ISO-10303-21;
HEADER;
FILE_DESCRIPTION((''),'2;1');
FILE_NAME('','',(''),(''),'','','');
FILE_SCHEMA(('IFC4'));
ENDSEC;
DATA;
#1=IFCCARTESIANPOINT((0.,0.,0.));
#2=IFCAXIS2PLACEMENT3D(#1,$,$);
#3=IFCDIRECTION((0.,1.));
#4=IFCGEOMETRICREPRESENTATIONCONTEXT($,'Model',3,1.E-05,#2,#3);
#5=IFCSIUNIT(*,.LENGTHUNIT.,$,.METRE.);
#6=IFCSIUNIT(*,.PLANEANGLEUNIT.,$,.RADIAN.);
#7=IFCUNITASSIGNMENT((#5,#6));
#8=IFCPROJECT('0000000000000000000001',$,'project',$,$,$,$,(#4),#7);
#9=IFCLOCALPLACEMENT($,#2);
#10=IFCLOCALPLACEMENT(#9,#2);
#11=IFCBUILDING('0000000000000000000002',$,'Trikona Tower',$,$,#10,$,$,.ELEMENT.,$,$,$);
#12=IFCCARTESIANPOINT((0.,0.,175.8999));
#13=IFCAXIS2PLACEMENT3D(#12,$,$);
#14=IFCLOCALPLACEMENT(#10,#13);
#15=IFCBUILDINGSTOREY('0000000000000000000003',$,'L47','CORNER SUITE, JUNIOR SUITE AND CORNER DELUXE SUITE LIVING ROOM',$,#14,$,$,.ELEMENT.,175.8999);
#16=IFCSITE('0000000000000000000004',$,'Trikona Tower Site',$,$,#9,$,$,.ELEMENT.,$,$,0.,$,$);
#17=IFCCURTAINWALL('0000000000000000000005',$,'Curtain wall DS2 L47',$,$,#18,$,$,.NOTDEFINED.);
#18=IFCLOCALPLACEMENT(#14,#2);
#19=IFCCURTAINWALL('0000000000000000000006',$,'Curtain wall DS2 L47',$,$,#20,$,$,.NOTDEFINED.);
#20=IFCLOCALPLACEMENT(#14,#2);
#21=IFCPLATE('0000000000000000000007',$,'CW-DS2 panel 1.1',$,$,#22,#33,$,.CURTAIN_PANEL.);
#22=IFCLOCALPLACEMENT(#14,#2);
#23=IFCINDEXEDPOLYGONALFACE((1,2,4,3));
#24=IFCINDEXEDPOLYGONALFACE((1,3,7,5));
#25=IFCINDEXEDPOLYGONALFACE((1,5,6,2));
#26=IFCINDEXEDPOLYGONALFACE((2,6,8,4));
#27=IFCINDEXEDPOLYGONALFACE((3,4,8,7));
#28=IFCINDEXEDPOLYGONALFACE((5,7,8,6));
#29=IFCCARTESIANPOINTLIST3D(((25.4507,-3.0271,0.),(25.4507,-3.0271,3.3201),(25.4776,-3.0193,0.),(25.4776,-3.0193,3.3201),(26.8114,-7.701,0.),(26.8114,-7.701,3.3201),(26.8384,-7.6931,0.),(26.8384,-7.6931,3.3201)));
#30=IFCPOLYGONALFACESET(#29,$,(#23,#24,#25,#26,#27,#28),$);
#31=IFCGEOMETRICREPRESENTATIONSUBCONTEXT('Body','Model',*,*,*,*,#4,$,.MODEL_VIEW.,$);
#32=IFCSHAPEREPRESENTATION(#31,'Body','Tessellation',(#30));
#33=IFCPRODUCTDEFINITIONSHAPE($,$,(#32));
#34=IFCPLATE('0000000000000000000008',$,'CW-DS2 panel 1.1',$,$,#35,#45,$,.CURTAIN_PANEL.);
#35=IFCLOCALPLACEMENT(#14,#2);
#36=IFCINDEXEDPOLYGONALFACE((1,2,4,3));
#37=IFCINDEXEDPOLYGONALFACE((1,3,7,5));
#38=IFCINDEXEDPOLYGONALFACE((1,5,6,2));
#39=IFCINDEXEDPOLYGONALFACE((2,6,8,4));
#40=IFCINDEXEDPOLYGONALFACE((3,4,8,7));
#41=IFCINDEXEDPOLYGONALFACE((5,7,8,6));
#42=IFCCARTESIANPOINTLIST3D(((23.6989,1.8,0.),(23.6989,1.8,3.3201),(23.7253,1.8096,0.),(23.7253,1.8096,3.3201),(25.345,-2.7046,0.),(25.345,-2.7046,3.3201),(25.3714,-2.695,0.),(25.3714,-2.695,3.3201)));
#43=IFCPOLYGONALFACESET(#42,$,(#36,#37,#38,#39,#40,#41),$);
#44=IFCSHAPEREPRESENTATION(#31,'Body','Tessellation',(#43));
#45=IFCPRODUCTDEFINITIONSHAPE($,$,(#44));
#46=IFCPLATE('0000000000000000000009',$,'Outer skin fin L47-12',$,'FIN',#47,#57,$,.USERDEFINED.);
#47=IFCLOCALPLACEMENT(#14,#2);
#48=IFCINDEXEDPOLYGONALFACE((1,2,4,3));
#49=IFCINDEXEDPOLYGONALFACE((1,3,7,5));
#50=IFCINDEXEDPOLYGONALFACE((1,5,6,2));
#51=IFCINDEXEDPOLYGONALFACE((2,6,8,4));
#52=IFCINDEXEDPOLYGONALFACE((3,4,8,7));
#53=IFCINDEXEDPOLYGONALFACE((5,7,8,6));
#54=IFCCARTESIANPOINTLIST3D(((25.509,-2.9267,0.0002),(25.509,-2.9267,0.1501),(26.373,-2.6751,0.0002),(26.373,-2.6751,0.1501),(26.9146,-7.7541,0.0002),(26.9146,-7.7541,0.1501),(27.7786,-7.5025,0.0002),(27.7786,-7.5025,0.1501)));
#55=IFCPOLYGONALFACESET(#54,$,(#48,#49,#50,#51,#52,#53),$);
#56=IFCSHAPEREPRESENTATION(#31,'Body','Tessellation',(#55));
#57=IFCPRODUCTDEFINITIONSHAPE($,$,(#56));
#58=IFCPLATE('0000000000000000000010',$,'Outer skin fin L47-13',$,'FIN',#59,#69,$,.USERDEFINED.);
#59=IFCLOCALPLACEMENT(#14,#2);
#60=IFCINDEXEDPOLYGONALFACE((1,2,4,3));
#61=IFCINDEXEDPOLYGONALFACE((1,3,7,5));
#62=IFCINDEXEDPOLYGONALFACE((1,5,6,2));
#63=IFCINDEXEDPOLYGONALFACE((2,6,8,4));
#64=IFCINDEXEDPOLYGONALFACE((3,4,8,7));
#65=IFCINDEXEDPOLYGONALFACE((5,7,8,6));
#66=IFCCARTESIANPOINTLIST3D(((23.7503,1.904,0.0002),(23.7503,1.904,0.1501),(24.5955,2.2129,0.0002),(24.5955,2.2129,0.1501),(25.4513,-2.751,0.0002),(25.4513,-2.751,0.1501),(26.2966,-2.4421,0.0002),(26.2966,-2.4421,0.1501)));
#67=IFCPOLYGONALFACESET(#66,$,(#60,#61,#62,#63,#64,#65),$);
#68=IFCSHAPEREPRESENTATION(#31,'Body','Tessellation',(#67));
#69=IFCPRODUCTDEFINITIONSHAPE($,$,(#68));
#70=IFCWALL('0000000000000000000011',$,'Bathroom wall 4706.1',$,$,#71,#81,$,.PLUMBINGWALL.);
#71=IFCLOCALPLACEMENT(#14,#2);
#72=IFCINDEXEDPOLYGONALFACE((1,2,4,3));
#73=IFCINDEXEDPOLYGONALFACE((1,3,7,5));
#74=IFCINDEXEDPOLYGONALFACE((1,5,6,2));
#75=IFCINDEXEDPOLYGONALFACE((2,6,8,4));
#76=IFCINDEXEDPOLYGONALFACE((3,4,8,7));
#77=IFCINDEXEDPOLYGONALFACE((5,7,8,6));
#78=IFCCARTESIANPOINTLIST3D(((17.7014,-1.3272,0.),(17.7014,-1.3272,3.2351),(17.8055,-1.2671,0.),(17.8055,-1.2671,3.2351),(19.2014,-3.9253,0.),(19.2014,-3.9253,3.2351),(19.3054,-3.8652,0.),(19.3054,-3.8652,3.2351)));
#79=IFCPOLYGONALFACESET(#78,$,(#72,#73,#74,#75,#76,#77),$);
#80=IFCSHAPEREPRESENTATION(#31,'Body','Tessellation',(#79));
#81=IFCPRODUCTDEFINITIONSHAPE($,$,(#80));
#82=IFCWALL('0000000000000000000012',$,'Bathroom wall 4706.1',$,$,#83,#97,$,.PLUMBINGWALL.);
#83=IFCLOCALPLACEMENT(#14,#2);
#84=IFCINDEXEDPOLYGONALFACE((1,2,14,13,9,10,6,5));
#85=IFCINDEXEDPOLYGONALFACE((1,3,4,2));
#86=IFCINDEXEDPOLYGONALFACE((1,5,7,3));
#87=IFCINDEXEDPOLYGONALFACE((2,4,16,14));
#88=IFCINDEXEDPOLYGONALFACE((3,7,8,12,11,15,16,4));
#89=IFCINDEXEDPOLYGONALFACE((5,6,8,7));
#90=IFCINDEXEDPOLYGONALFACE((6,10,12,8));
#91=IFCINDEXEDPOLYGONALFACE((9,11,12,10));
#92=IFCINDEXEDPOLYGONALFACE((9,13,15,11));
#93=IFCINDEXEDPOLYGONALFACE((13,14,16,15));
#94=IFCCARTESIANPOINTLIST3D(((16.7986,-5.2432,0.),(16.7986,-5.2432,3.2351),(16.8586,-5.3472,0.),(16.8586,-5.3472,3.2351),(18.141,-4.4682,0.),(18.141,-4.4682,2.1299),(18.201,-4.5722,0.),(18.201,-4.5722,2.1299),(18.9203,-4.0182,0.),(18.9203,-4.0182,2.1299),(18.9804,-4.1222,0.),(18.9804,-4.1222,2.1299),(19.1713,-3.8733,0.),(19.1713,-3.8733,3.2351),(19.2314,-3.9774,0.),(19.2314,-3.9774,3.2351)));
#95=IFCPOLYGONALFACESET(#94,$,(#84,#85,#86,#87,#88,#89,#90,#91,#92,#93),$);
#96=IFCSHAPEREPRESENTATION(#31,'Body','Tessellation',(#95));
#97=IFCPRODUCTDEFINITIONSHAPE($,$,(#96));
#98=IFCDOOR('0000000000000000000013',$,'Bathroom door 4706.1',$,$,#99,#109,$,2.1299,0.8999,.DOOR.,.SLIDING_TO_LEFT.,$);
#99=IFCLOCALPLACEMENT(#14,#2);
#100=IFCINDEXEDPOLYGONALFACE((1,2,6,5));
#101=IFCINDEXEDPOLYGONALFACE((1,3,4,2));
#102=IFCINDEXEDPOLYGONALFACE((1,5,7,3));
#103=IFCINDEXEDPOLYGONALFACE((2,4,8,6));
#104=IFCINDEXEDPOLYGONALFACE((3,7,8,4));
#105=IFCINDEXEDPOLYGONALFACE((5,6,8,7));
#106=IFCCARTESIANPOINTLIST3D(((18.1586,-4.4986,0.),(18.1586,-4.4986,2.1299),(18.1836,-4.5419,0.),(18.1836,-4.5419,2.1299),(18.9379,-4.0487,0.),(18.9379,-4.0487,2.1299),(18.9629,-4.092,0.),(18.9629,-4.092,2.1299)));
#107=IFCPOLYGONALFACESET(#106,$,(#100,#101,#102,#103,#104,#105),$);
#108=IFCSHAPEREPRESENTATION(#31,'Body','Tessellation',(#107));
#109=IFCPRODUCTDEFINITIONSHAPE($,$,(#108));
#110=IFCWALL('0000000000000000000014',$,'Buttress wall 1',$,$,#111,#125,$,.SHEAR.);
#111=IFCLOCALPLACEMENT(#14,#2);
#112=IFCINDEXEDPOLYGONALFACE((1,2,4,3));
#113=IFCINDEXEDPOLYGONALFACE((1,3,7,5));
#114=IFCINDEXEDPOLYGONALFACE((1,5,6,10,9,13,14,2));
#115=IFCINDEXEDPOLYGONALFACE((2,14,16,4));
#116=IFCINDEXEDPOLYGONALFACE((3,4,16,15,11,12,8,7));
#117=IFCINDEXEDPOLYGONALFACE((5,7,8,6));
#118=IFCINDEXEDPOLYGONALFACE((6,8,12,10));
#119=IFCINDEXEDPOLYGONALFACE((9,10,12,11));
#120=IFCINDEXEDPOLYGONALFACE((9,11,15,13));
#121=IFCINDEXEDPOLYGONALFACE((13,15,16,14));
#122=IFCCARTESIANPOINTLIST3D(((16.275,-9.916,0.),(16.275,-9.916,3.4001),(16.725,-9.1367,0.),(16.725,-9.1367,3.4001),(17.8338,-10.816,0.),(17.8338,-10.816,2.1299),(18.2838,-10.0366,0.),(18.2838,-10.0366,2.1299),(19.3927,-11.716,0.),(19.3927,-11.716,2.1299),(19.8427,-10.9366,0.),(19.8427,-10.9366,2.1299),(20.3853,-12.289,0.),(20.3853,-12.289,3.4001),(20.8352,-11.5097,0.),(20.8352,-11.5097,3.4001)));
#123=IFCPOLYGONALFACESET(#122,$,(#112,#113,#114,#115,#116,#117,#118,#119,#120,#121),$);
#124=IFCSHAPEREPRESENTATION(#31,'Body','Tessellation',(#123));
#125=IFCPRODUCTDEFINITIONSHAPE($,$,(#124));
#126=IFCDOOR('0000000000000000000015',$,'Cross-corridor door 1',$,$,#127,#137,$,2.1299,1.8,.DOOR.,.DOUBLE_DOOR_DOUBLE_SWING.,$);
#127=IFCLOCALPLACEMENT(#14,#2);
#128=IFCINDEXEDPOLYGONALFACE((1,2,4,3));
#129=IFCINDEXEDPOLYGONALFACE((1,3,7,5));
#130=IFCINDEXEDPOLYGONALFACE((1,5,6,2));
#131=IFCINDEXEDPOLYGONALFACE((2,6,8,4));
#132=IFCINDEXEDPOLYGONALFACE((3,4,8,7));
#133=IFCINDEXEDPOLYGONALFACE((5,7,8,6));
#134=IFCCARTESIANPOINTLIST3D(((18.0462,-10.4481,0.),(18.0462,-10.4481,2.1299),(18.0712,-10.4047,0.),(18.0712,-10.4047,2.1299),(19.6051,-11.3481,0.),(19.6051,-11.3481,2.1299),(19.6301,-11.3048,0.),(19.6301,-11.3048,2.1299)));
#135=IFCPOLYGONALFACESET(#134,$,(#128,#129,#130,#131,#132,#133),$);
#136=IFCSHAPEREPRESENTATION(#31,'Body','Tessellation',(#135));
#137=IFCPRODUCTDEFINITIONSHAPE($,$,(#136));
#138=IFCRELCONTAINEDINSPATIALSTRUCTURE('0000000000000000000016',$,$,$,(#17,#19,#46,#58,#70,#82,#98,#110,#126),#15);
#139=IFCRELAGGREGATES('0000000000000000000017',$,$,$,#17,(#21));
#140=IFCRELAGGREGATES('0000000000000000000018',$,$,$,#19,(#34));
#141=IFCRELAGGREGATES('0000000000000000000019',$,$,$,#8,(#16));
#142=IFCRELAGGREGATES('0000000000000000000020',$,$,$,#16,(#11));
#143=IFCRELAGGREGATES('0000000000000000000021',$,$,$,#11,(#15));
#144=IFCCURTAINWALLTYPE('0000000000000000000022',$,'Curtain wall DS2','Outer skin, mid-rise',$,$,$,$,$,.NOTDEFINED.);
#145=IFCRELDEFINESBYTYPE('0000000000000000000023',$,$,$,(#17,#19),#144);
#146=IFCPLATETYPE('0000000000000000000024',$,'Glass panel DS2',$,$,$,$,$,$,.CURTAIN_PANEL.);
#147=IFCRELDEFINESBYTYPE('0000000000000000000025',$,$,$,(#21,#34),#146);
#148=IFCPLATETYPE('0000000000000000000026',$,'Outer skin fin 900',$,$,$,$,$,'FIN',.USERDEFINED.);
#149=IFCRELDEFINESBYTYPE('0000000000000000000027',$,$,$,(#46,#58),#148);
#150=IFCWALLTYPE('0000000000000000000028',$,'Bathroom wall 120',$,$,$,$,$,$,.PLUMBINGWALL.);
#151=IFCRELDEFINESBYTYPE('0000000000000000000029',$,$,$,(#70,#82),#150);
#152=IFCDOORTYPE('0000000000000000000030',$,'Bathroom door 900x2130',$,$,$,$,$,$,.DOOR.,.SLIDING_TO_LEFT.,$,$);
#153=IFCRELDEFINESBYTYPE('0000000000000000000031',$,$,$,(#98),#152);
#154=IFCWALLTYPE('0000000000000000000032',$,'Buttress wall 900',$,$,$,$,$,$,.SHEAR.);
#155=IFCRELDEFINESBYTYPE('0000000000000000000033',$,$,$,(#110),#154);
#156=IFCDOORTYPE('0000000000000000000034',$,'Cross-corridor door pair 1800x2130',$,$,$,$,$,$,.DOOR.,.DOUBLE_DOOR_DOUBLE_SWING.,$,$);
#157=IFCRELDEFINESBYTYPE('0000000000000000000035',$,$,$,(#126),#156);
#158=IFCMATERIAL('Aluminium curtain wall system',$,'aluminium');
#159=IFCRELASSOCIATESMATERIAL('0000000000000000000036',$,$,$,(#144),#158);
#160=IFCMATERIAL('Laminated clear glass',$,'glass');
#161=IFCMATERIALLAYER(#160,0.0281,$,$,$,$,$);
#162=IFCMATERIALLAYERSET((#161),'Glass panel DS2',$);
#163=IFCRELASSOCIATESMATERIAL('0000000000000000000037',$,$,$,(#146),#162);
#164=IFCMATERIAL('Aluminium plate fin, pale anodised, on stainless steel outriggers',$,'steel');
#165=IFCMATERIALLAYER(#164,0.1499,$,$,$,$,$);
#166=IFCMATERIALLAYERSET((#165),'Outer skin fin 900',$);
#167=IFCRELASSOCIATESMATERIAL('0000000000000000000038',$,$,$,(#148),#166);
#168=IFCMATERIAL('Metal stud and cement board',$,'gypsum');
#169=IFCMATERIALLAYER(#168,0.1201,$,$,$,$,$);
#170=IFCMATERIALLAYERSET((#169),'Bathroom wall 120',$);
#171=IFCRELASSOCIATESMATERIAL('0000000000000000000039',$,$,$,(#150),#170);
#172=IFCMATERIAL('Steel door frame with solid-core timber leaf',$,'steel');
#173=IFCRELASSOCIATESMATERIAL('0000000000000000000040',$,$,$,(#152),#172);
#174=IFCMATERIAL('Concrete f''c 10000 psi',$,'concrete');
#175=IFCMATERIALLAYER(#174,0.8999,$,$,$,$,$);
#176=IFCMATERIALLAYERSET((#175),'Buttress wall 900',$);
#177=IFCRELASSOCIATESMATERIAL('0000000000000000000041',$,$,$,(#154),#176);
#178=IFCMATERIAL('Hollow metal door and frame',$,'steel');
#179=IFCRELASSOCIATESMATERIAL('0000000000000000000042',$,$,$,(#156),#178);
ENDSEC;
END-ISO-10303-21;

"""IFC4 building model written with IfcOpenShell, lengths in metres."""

from ifc_helpers import new_model, si_unit, direction, frame, frame_2d, origin, origin_2d, place, context, subcontext, project, spatial, rectangle, extrude, material, layer, layer_set, type_object, element, fill, aggregate, save


model = new_model("IFC4")

# Units and contexts
model_context = context("Model", 3, precision=1e-05, world=origin(), true_north=direction((0.0, 1.0)))
body_context = subcontext(model_context, "Body", "Model", "MODEL_VIEW")
ifc_project = project(units=[si_unit("LENGTHUNIT", "METRE"), si_unit("PLANEANGLEUNIT", "RADIAN")], contexts=[model_context])

# Site, building, storey
site_placement = place(None, origin())
site = spatial("IfcSite", under=ifc_project, at=site_placement, Name="Trikona Tower Site", CompositionType="ELEMENT", RefElevation=0.0)
building_placement = place(site_placement, origin())
building = spatial("IfcBuilding", under=site, at=building_placement, Name="Trikona Tower", CompositionType="ELEMENT")
storey_placement = place(building_placement, frame((0.0, 0.0, 175.8999)))
storey = spatial("IfcBuildingStorey", under=building, at=storey_placement, Name="L47", Description="CORNER SUITE, JUNIOR SUITE AND CORNER DELUXE SUITE LIVING ROOM", CompositionType="ELEMENT", Elevation=175.8999)

# Curtain wall
ifc_material_1 = material(Name="Aluminium curtain wall system", Category="aluminium")
curtain_wall_type = type_object("IfcCurtainWallType", Name="Curtain wall DS2", Description="Outer skin, mid-rise", PredefinedType="NOTDEFINED", material=ifc_material_1)
curtain_wall_1_placement = place(storey_placement, origin())
curtain_wall_1 = element("IfcCurtainWall", 1, at=curtain_wall_1_placement, inside=storey, type_object=curtain_wall_type, Name="Curtain wall DS2 L47", PredefinedType="NOTDEFINED")

# Curtain wall
curtain_wall_2_placement = place(storey_placement, origin())
curtain_wall_2 = element("IfcCurtainWall", 2, at=curtain_wall_2_placement, inside=storey, type_object=curtain_wall_type, Name="Curtain wall DS2 L47", PredefinedType="NOTDEFINED")

# Plates
ifc_material_2 = material(Name="Laminated clear glass", Category="glass")
ifc_layer_1 = layer(ifc_material_2, 0.0281)
ifc_layer_set_1 = layer_set([ifc_layer_1], Name="Glass panel DS2")
plate_type_1 = type_object("IfcPlateType", Name="Glass panel DS2", PredefinedType="CURTAIN_PANEL", material=ifc_layer_set_1)
plate_1_placement = place(storey_placement, frame((26.1445, -5.3601, 0.0), z_axis=(0.0, 0.0, 1.0), x_axis=(-0.279543, 0.960133, 0.0)))
plate_1 = element("IfcPlate", 3, at=plate_1_placement, type_object=plate_type_1, Name="CW-DS2 panel 1.1", PredefinedType="CURTAIN_PANEL", context=body_context, shape_type="SweptSolid", body=[
    extrude(rectangle(XDim=4.8679, YDim=0.0281, at=origin_2d()), origin(), (0.0, 0.0, 1.0), 3.3201),
])
aggregate(curtain_wall_1, [plate_1])
plate_2_placement = place(storey_placement, frame((24.5352, -0.4475, 0.0), z_axis=(0.0, 0.0, 1.0), x_axis=(-0.343223, 0.939254, 0.0)))
plate_2 = element("IfcPlate", 4, at=plate_2_placement, type_object=plate_type_1, Name="CW-DS2 panel 1.1", PredefinedType="CURTAIN_PANEL", context=body_context, shape_type="SweptSolid", body=[
    extrude(rectangle(XDim=4.7959, YDim=0.0281, at=origin_2d()), origin(), (0.0, 0.0, 1.0), 3.3201),
])
aggregate(curtain_wall_2, [plate_2])

# Plates
ifc_material_3 = material(Name="Aluminium plate fin, pale anodised, on stainless steel outriggers", Category="steel")
ifc_layer_2 = layer(ifc_material_3, 0.1499)
ifc_layer_set_2 = layer_set([ifc_layer_2], Name="Outer skin fin 900")
plate_type_2 = type_object("IfcPlateType", Name="Outer skin fin 900", ElementType="FIN", PredefinedType="USERDEFINED", material=ifc_layer_set_2)
plate_3_placement = place(storey_placement, frame((26.6438, -5.2146, 0.0002), z_axis=(0.0, 0.0, 1.0), x_axis=(-0.279554, 0.96013, 0.0)))
element("IfcPlate", 5, at=plate_3_placement, inside=storey, type_object=plate_type_2, Name="Outer skin fin L47-12", ObjectType="FIN", PredefinedType="USERDEFINED", context=body_context, shape_type="SweptSolid", body=[
    extrude(rectangle(XDim=5.0278, YDim=0.8999, at=origin_2d()), origin(), (0.0, 0.0, 1.0), 0.1499),
])
plate_4_placement = place(storey_placement, frame((25.0234, -0.269, 0.0002), z_axis=(0.0, 0.0, 1.0), x_axis=(-0.34322, 0.939255, 0.0)))
element("IfcPlate", 6, at=plate_4_placement, inside=storey, type_object=plate_type_2, Name="Outer skin fin L47-13", ObjectType="FIN", PredefinedType="USERDEFINED", context=body_context, shape_type="SweptSolid", body=[
    extrude(rectangle(XDim=4.9561, YDim=0.8999, at=origin_2d()), origin(), (0.0, 0.0, 1.0), 0.1499),
])

# Wall
ifc_material_4 = material(Name="Metal stud and cement board", Category="gypsum")
ifc_layer_3 = layer(ifc_material_4, 0.1201)
ifc_layer_set_3 = layer_set([ifc_layer_3], Name="Bathroom wall 120")
wall_type_1 = type_object("IfcWallType", Name="Bathroom wall 120", PredefinedType="PLUMBINGWALL", material=ifc_layer_set_3)
wall_1_placement = place(storey_placement, frame((19.2534, -3.8953, 0.0), z_axis=(0.0, 0.0, 1.0), x_axis=(-0.49999, 0.866031, 0.0)))
element("IfcWall", 7, at=wall_1_placement, inside=storey, type_object=wall_type_1, Name="Bathroom wall 4706.1", PredefinedType="PLUMBINGWALL", context=body_context, shape_type="SweptSolid", body=[
    extrude(rectangle(XDim=3.0, YDim=0.1201, at=frame_2d((1.5, 0.0))), origin(), (0.0, 0.0, 1.0), 3.2351),
])

# Walls, openings, doors
wall_2_placement = place(storey_placement, frame((16.8286, -5.2952, 0.0), z_axis=(0.0, 0.0, 1.0), x_axis=(0.866036, 0.499982, 0.0)))
wall_2 = element("IfcWall", 8, at=wall_2_placement, inside=storey, type_object=wall_type_1, Name="Bathroom wall 4706.1", PredefinedType="PLUMBINGWALL", context=body_context, shape_type="SweptSolid", body=[
    extrude(rectangle(XDim=2.7397, YDim=0.1201, at=frame_2d((1.3699, 0.0))), origin(), (0.0, 0.0, 1.0), 3.2351),
])
opening_1_placement = place(wall_2_placement, frame((1.55, 0.0, 0.0)))
opening_1 = element("IfcOpeningElement", 9, at=opening_1_placement, cuts=wall_2, PredefinedType="OPENING", context=body_context, shape_type="SweptSolid", body=[
    extrude(rectangle(XDim=0.8999, YDim=2.1299, at=frame_2d((0.45, 1.0649))), frame((0.0, 0.0701, 0.0), z_axis=(0.0, -1.0, 0.0), x_axis=(1.0, 0.0, 0.0)), (0.0, 0.0, 1.0), 0.1401),
])
ifc_material_5 = material(Name="Steel door frame with solid-core timber leaf", Category="steel")
door_type_1 = type_object("IfcDoorType", Name="Bathroom door 900x2130", OperationType="SLIDING_TO_LEFT", PredefinedType="DOOR", material=ifc_material_5)
door_1_placement = place(opening_1_placement, origin())
door_1 = element("IfcDoor", 10, at=door_1_placement, inside=storey, type_object=door_type_1, Name="Bathroom door 4706.1", OperationType="SLIDING_TO_LEFT", OverallHeight=2.1299, OverallWidth=0.8999, PredefinedType="DOOR", context=body_context, shape_type="SweptSolid", body=[
    extrude(rectangle(XDim=0.8999, YDim=2.1299, at=frame_2d((0.45, 1.0649))), frame((0.0, 0.0249, 0.0), z_axis=(0.0, -1.0, 0.0), x_axis=(1.0, 0.0, 0.0)), (0.0, 0.0, 1.0), 0.05),
])
fill(opening_1, door_1)
ifc_material_6 = material(Name="Concrete f'c 10000 psi", Category="concrete")
ifc_layer_4 = layer(ifc_material_6, 0.8999)
ifc_layer_set_4 = layer_set([ifc_layer_4], Name="Buttress wall 900")
wall_type_2 = type_object("IfcWallType", Name="Buttress wall 900", PredefinedType="SHEAR", material=ifc_layer_set_4)
wall_3_placement = place(storey_placement, frame((16.5, -9.5264, 0.0), z_axis=(0.0, 0.0, 1.0), x_axis=(0.866031, -0.49999, 0.0)))
wall_3 = element("IfcWall", 11, at=wall_3_placement, inside=storey, type_object=wall_type_2, Name="Buttress wall 1", PredefinedType="SHEAR", context=body_context, shape_type="SweptSolid", body=[
    extrude(rectangle(XDim=4.7461, YDim=0.8999, at=frame_2d((2.373, 0.0))), origin(), (0.0, 0.0, 1.0), 3.4001),
])
opening_2_placement = place(wall_3_placement, frame((1.8, 0.0, 0.0)))
opening_2 = element("IfcOpeningElement", 12, at=opening_2_placement, cuts=wall_3, PredefinedType="OPENING", context=body_context, shape_type="SweptSolid", body=[
    extrude(rectangle(XDim=1.8, YDim=2.1299, at=frame_2d((0.8999, 1.0649))), frame((0.0, 0.46, 0.0), z_axis=(0.0, -1.0, 0.0), x_axis=(1.0, 0.0, 0.0)), (0.0, 0.0, 1.0), 0.9199),
])
ifc_material_7 = material(Name="Hollow metal door and frame", Category="steel")
door_type_2 = type_object("IfcDoorType", Name="Cross-corridor door pair 1800x2130", OperationType="DOUBLE_DOOR_DOUBLE_SWING", PredefinedType="DOOR", material=ifc_material_7)
door_2_placement = place(opening_2_placement, origin())
door_2 = element("IfcDoor", 13, at=door_2_placement, inside=storey, type_object=door_type_2, Name="Cross-corridor door 1", OperationType="DOUBLE_DOOR_DOUBLE_SWING", OverallHeight=2.1299, OverallWidth=1.8, PredefinedType="DOOR", context=body_context, shape_type="SweptSolid", body=[
    extrude(rectangle(XDim=1.8, YDim=2.1299, at=frame_2d((0.8999, 1.0649))), frame((0.0, 0.0249, 0.0), z_axis=(0.0, -1.0, 0.0), x_axis=(1.0, 0.0, 0.0)), (0.0, 0.0, 1.0), 0.05),
])
fill(opening_2, door_2)

save(model, "model.ifc")
